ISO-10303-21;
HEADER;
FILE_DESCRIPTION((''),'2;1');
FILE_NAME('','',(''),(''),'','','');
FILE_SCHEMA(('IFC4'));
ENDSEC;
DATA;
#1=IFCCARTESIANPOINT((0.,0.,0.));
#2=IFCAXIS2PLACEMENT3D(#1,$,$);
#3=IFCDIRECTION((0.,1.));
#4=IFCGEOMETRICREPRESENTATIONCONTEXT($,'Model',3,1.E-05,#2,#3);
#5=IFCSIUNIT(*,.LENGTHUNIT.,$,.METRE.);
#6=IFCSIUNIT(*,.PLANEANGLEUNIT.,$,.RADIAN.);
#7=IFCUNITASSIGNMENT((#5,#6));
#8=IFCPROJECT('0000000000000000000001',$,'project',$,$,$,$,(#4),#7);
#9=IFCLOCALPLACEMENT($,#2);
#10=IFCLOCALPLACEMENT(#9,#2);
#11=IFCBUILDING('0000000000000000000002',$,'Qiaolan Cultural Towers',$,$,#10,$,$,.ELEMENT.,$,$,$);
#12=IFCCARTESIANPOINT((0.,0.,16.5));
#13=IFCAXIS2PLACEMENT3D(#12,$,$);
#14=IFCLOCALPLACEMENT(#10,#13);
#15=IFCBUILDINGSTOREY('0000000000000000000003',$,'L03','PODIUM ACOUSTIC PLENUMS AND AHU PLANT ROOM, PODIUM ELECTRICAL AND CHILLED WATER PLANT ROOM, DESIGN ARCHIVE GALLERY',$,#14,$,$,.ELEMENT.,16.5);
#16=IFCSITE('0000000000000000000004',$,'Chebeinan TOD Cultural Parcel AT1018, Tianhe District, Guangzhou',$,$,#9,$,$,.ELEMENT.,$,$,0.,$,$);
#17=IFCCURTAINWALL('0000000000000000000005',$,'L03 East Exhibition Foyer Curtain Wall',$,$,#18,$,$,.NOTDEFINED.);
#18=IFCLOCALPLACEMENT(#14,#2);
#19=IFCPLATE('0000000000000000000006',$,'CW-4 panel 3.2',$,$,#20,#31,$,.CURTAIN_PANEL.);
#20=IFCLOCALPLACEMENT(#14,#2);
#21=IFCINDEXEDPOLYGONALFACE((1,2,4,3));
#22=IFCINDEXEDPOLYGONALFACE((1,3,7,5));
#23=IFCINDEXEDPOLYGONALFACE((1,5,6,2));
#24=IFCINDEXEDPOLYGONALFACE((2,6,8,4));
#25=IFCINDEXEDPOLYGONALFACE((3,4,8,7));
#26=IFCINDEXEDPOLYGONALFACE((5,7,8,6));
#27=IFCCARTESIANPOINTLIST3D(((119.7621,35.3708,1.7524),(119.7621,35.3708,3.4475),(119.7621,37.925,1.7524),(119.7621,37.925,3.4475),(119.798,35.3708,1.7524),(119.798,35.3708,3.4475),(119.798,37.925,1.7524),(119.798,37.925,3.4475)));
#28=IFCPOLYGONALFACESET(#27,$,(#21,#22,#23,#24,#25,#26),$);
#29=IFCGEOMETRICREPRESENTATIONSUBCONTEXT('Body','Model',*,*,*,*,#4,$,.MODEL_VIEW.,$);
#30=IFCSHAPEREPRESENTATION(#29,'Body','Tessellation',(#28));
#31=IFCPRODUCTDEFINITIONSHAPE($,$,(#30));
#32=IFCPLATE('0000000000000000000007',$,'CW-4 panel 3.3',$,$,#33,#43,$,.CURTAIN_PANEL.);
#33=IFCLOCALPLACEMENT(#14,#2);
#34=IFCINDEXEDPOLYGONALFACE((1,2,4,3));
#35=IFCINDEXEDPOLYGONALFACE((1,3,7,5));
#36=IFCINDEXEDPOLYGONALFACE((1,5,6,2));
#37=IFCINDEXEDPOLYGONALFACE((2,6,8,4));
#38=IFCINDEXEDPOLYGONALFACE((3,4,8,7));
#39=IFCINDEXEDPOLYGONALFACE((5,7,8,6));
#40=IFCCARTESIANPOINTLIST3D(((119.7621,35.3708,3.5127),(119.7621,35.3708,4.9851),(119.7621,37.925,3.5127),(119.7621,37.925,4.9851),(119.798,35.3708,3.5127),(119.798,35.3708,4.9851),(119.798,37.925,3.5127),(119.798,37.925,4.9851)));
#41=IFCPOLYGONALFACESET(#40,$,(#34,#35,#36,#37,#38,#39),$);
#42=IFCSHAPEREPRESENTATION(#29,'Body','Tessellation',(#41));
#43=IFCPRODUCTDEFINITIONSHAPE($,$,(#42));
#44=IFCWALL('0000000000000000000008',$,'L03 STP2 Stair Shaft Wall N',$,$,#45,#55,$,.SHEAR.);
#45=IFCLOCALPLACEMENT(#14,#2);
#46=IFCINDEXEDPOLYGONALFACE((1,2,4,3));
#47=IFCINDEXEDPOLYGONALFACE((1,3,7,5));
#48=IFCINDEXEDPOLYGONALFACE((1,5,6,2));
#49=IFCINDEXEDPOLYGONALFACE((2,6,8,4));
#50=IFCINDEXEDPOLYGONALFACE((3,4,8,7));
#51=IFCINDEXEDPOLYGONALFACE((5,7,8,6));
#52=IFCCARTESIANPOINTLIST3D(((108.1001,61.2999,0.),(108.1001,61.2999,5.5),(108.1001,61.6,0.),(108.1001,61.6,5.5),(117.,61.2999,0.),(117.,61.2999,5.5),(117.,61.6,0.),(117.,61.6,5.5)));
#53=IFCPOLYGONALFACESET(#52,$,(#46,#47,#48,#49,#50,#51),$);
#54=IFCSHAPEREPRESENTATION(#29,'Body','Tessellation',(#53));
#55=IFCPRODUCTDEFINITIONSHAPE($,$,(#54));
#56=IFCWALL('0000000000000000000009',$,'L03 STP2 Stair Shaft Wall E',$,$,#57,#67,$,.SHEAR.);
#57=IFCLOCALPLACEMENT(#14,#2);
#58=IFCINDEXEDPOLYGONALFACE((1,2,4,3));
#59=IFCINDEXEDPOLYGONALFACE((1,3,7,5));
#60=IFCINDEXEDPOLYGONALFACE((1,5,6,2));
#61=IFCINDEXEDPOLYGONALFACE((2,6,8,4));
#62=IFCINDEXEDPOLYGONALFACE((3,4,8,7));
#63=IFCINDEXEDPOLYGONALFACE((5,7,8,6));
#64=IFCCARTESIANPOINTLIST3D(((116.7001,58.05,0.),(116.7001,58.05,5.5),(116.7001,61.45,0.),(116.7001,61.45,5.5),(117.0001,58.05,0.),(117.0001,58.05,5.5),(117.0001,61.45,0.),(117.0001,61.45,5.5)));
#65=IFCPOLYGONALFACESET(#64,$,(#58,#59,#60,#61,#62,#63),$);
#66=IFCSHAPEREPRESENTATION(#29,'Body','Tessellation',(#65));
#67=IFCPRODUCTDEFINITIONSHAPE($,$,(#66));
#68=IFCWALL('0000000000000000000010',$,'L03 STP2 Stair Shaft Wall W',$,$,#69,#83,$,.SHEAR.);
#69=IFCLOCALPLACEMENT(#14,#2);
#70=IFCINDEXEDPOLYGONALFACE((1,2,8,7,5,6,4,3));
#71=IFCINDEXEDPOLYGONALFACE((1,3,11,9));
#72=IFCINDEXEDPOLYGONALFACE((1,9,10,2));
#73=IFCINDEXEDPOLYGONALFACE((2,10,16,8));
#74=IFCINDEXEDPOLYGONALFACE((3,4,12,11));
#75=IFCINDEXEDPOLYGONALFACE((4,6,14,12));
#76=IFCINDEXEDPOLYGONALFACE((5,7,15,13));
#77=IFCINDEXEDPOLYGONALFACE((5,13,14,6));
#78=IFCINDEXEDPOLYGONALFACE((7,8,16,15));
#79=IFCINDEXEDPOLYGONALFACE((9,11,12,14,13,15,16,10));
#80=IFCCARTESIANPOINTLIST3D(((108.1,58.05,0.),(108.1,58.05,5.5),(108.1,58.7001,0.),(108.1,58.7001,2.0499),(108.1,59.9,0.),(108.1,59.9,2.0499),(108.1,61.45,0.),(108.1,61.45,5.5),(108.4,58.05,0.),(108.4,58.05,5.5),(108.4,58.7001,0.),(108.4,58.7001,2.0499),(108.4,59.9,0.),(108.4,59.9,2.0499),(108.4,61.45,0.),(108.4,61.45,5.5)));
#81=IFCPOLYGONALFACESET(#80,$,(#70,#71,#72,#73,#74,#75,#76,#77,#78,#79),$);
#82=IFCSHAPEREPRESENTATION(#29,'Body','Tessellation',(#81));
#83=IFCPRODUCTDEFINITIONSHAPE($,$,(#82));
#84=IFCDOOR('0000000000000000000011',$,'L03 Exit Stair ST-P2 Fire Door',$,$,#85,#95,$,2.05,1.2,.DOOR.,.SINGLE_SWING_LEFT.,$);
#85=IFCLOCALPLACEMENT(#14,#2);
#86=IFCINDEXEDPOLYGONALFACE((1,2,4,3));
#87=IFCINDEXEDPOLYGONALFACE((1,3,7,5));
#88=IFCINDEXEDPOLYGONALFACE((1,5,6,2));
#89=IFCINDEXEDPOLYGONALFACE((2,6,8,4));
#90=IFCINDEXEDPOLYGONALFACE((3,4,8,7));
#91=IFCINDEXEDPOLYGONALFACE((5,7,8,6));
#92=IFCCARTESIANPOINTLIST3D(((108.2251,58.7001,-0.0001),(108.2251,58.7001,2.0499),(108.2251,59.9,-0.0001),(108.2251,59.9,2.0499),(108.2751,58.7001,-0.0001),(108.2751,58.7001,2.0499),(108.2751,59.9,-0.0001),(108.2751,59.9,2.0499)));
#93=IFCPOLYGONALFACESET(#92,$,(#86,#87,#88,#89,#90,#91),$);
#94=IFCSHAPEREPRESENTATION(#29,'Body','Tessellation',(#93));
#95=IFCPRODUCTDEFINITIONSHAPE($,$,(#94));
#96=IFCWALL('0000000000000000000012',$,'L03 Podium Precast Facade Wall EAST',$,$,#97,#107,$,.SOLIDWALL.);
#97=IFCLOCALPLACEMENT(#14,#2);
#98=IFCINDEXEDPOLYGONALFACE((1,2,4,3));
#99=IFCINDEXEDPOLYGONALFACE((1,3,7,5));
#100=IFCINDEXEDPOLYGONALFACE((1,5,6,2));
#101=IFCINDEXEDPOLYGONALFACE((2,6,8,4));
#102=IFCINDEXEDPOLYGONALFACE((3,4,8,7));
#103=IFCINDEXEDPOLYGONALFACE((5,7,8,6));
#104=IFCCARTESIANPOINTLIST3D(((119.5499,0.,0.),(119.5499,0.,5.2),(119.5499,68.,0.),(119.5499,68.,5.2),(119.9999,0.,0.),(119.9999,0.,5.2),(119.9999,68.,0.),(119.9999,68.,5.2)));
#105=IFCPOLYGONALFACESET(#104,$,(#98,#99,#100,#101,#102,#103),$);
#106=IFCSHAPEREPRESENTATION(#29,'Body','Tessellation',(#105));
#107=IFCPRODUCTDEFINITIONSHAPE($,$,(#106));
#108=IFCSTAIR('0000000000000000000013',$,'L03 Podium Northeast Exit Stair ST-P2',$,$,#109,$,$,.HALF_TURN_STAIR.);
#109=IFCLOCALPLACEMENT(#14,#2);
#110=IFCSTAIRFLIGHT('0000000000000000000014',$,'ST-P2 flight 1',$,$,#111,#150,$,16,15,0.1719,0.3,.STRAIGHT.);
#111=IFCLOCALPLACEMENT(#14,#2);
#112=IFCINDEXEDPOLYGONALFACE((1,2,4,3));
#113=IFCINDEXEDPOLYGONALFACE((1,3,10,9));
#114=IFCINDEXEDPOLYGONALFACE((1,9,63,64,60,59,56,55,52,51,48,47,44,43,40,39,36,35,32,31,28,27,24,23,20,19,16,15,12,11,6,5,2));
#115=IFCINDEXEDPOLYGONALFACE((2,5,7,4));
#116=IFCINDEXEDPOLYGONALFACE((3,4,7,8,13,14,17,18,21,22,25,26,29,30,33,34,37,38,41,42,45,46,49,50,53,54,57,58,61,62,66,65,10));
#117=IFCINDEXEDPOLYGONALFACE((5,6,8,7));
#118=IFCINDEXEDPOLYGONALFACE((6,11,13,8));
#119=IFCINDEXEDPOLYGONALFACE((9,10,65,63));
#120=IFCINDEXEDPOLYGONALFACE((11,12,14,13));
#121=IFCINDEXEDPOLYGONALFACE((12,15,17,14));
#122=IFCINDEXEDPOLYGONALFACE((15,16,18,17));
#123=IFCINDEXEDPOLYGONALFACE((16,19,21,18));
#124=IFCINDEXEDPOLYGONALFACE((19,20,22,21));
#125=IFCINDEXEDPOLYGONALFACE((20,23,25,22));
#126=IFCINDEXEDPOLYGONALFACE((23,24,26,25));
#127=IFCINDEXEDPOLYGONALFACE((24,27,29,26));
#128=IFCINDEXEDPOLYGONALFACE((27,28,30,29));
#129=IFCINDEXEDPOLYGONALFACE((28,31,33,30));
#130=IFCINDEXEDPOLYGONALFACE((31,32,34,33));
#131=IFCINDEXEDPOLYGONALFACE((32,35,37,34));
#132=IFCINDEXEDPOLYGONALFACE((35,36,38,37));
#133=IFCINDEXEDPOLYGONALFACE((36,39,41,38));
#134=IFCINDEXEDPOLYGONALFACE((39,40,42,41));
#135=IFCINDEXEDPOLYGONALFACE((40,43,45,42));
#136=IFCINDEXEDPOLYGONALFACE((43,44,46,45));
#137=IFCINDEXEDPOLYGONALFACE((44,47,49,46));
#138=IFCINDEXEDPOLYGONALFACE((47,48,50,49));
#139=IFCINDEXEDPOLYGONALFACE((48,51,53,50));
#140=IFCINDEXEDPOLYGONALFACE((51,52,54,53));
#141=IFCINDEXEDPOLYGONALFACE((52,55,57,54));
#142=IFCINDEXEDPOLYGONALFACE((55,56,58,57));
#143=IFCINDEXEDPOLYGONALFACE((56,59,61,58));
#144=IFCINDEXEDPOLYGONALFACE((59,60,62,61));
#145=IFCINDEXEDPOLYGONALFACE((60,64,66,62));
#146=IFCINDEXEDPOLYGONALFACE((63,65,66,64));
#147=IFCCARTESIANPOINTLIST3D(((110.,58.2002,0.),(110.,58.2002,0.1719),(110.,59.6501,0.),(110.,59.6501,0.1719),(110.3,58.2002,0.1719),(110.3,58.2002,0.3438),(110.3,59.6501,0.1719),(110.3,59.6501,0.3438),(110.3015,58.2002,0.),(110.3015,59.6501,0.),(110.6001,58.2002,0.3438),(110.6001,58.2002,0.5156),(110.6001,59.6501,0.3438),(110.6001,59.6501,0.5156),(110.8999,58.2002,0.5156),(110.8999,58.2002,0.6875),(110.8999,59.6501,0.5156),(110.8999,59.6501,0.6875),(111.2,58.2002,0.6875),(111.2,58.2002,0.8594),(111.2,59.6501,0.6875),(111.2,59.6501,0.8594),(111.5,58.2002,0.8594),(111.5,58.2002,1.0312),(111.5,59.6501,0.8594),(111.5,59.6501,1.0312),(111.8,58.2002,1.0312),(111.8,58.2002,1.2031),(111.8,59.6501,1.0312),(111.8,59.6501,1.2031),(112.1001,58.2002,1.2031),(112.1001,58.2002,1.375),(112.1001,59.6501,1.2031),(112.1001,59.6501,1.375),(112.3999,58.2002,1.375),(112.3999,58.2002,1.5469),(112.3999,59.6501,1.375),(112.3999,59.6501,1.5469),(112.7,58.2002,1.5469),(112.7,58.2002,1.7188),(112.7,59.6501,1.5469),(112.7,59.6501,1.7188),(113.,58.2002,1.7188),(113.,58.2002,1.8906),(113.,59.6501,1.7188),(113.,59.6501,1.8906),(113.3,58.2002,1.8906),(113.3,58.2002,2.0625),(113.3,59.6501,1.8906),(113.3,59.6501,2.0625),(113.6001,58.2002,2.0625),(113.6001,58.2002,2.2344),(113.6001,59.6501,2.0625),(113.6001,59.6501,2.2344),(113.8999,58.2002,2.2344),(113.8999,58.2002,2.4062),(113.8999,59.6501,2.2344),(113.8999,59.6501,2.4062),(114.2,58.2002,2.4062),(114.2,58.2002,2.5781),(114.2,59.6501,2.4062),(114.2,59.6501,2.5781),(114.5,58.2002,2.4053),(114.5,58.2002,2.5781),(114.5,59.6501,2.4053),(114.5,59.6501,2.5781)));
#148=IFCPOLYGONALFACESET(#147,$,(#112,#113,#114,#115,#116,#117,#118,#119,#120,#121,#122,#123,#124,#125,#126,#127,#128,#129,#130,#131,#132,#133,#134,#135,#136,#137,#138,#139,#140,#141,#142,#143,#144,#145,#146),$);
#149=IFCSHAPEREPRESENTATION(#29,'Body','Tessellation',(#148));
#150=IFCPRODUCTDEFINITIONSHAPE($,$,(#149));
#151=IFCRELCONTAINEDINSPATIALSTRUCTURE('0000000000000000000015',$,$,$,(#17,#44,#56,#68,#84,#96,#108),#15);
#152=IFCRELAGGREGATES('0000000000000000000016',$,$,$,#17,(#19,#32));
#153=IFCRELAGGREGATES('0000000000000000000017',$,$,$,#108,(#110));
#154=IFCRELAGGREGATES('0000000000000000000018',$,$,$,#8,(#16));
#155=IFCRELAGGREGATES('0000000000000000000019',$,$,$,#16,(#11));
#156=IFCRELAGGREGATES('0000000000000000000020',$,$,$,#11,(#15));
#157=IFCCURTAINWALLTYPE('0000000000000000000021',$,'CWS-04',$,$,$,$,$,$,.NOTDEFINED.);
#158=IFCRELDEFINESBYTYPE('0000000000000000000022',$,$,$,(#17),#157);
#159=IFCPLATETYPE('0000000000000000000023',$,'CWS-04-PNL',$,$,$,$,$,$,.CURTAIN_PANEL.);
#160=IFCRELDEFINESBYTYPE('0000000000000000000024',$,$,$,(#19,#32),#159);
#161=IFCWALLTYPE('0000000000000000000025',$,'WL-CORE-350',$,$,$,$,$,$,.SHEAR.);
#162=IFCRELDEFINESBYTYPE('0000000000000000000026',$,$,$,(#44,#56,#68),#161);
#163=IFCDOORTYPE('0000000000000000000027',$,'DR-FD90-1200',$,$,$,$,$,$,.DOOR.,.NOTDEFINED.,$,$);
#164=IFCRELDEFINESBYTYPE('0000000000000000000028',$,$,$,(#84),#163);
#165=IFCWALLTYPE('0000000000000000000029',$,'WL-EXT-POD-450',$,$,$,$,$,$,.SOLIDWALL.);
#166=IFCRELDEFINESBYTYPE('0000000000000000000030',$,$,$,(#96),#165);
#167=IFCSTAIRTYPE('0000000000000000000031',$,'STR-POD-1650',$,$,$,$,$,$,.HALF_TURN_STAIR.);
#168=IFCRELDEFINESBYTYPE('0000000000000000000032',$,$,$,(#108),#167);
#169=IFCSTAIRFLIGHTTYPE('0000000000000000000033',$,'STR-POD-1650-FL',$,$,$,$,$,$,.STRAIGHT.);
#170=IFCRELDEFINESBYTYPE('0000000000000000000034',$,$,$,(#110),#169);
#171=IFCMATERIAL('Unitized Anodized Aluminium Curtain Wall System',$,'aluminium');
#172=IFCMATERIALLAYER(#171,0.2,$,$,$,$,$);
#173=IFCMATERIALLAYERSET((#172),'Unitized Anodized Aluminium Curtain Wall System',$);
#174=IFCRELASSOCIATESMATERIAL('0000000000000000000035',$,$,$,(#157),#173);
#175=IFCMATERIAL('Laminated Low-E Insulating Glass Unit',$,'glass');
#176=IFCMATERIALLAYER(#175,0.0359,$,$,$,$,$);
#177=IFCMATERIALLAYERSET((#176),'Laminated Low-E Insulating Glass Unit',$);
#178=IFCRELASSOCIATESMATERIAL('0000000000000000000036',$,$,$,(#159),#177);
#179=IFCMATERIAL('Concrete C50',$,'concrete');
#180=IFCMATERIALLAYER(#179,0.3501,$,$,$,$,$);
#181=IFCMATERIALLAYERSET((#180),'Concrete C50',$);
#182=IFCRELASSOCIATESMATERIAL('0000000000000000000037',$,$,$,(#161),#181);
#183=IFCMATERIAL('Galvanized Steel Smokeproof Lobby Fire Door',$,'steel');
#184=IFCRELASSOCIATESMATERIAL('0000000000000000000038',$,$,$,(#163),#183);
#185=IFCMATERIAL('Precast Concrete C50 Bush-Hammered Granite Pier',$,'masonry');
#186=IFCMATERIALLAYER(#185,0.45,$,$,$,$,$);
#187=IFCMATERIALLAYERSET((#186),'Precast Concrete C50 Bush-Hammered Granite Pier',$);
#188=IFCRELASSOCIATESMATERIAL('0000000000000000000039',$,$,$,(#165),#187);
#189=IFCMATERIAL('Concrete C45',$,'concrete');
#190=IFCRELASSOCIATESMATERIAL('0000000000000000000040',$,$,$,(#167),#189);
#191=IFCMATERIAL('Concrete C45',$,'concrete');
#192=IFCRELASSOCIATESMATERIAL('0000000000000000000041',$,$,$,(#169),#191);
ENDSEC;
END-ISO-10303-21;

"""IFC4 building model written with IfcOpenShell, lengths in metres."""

from ifc_helpers import new_model, si_unit, direction, frame, frame_2d, origin, origin_2d, place, context, subcontext, project, spatial, polyline, rectangle, outline, extrude, material, layer, layer_set, type_object, element, fill, aggregate, save


model = new_model("IFC4")

# Units and contexts
model_context = context("Model", 3, precision=1e-05, world=origin(), true_north=direction((0.0, 1.0)))
body_context = subcontext(model_context, "Body", "Model", "MODEL_VIEW")
ifc_project = project(units=[si_unit("LENGTHUNIT", "METRE"), si_unit("PLANEANGLEUNIT", "RADIAN")], contexts=[model_context])

# Site, building, storey
site_placement = place(None, origin())
site = spatial("IfcSite", under=ifc_project, at=site_placement, Name="Chebeinan TOD Cultural Parcel AT1018, Tianhe District, Guangzhou", CompositionType="ELEMENT", RefElevation=0.0)
building_placement = place(site_placement, origin())
building = spatial("IfcBuilding", under=site, at=building_placement, Name="Qiaolan Cultural Towers", CompositionType="ELEMENT")
storey_placement = place(building_placement, frame((0.0, 0.0, 16.5)))
storey = spatial("IfcBuildingStorey", under=building, at=storey_placement, Name="L03", Description="PODIUM ACOUSTIC PLENUMS AND AHU PLANT ROOM, PODIUM ELECTRICAL AND CHILLED WATER PLANT ROOM, DESIGN ARCHIVE GALLERY", CompositionType="ELEMENT", Elevation=16.5)

# Curtain wall, plates
ifc_material_1 = material(Name="Unitized Anodized Aluminium Curtain Wall System", Category="aluminium")
ifc_layer_1 = layer(ifc_material_1, 0.2)
ifc_layer_set_1 = layer_set([ifc_layer_1], Name="Unitized Anodized Aluminium Curtain Wall System")
curtain_wall_type = type_object("IfcCurtainWallType", Name="CWS-04", PredefinedType="NOTDEFINED", material=ifc_layer_set_1)
curtain_wall_placement = place(storey_placement, origin())
curtain_wall = element("IfcCurtainWall", 1, at=curtain_wall_placement, inside=storey, type_object=curtain_wall_type, Name="L03 East Exhibition Foyer Curtain Wall", PredefinedType="NOTDEFINED")
ifc_material_2 = material(Name="Laminated Low-E Insulating Glass Unit", Category="glass")
ifc_layer_2 = layer(ifc_material_2, 0.0359)
ifc_layer_set_2 = layer_set([ifc_layer_2], Name="Laminated Low-E Insulating Glass Unit")
plate_type = type_object("IfcPlateType", Name="CWS-04-PNL", PredefinedType="CURTAIN_PANEL", material=ifc_layer_set_2)
plate_1_placement = place(storey_placement, frame((119.78, 36.6479, 1.7524), z_axis=(0.0, 0.0, 1.0), x_axis=(0.0, 1.0, 0.0)))
plate_1 = element("IfcPlate", 2, at=plate_1_placement, type_object=plate_type, Name="CW-4 panel 3.2", PredefinedType="CURTAIN_PANEL", context=body_context, shape_type="SweptSolid", body=[
    extrude(rectangle(XDim=2.5542, YDim=0.0359, at=origin_2d()), origin(), (0.0, 0.0, 1.0), 1.6951),
])
plate_2_placement = place(storey_placement, frame((119.78, 36.6479, 3.5127), z_axis=(0.0, 0.0, 1.0), x_axis=(0.0, 1.0, 0.0)))
plate_2 = element("IfcPlate", 3, at=plate_2_placement, type_object=plate_type, Name="CW-4 panel 3.3", PredefinedType="CURTAIN_PANEL", context=body_context, shape_type="SweptSolid", body=[
    extrude(rectangle(XDim=2.5542, YDim=0.0359, at=origin_2d()), origin(), (0.0, 0.0, 1.0), 1.4724),
])
aggregate(curtain_wall, [plate_1, plate_2])

# Walls
ifc_material_3 = material(Name="Concrete C50", Category="concrete")
ifc_layer_3 = layer(ifc_material_3, 0.3501)
ifc_layer_set_3 = layer_set([ifc_layer_3], Name="Concrete C50")
wall_type_1 = type_object("IfcWallType", Name="WL-CORE-350", PredefinedType="SHEAR", material=ifc_layer_set_3)
wall_1_placement = place(storey_placement, frame((108.1001, 61.45, 0.0), z_axis=(0.0, 0.0, 1.0), x_axis=(1.0, 0.0, 0.0)))
element("IfcWall", 4, at=wall_1_placement, inside=storey, type_object=wall_type_1, Name="L03 STP2 Stair Shaft Wall N", PredefinedType="SHEAR", context=body_context, shape_type="SweptSolid", body=[
    extrude(rectangle(XDim=8.8999, YDim=0.3, at=frame_2d((4.45, 0.0))), origin(), (0.0, 0.0, 1.0), 5.5),
])
wall_2_placement = place(storey_placement, frame((116.8501, 58.05, 0.0), z_axis=(0.0, 0.0, 1.0), x_axis=(0.0, 1.0, 0.0)))
element("IfcWall", 5, at=wall_2_placement, inside=storey, type_object=wall_type_1, Name="L03 STP2 Stair Shaft Wall E", PredefinedType="SHEAR", context=body_context, shape_type="SweptSolid", body=[
    extrude(rectangle(XDim=3.3999, YDim=0.3, at=frame_2d((1.7, 0.0))), origin(), (0.0, 0.0, 1.0), 5.5),
])

# Wall, opening, door
wall_3_placement = place(storey_placement, frame((108.25, 58.05, 0.0), z_axis=(0.0, 0.0, 1.0), x_axis=(0.0, 1.0, 0.0)))
wall_3 = element("IfcWall", 6, at=wall_3_placement, inside=storey, type_object=wall_type_1, Name="L03 STP2 Stair Shaft Wall W", PredefinedType="SHEAR", context=body_context, shape_type="SweptSolid", body=[
    extrude(rectangle(XDim=3.3999, YDim=0.3, at=frame_2d((1.7, 0.0))), origin(), (0.0, 0.0, 1.0), 5.5),
])
opening_placement = place(wall_3_placement, frame((0.6499, 0.0, 0.0)))
opening = element("IfcOpeningElement", 7, at=opening_placement, cuts=wall_3, PredefinedType="OPENING", context=body_context, shape_type="SweptSolid", body=[
    extrude(rectangle(XDim=1.2, YDim=2.05, at=frame_2d((0.6001, 1.0249))), frame((0.0, 0.1599, 0.0), z_axis=(0.0, -1.0, 0.0), x_axis=(1.0, 0.0, 0.0)), (0.0, 0.0, 1.0), 0.3201),
])
ifc_material_4 = material(Name="Galvanized Steel Smokeproof Lobby Fire Door", Category="steel")
door_type = type_object("IfcDoorType", Name="DR-FD90-1200", OperationType="NOTDEFINED", PredefinedType="DOOR", material=ifc_material_4)
door_placement = place(opening_placement, origin())
door = element("IfcDoor", 8, at=door_placement, inside=storey, type_object=door_type, Name="L03 Exit Stair ST-P2 Fire Door", OperationType="SINGLE_SWING_LEFT", OverallHeight=2.05, OverallWidth=1.2, PredefinedType="DOOR", context=body_context, shape_type="SweptSolid", body=[
    extrude(rectangle(XDim=1.2, YDim=2.05, at=frame_2d((0.6001, 1.0249))), frame((0.0, 0.0249, 0.0), z_axis=(0.0, -1.0, 0.0), x_axis=(1.0, 0.0, 0.0)), (0.0, 0.0, 1.0), 0.05),
])
fill(opening, door)

# Wall
ifc_material_5 = material(Name="Precast Concrete C50 Bush-Hammered Granite Pier", Category="masonry")
ifc_layer_4 = layer(ifc_material_5, 0.45)
ifc_layer_set_4 = layer_set([ifc_layer_4], Name="Precast Concrete C50 Bush-Hammered Granite Pier")
wall_type_2 = type_object("IfcWallType", Name="WL-EXT-POD-450", PredefinedType="SOLIDWALL", material=ifc_layer_set_4)
wall_4_placement = place(storey_placement, frame((119.7749, 68.0, 0.0), z_axis=(0.0, 0.0, 1.0), x_axis=(0.0, -1.0, 0.0)))
element("IfcWall", 9, at=wall_4_placement, inside=storey, type_object=wall_type_2, Name="L03 Podium Precast Facade Wall EAST", PredefinedType="SOLIDWALL", context=body_context, shape_type="SweptSolid", body=[
    extrude(rectangle(XDim=68.0, YDim=0.45, at=frame_2d((34.0, 0.0))), origin(), (0.0, 0.0, 1.0), 5.2),
])

# Stair, stair flight
ifc_material_6 = material(Name="Concrete C45", Category="concrete")
stair_type = type_object("IfcStairType", Name="STR-POD-1650", PredefinedType="HALF_TURN_STAIR", material=ifc_material_6)
stair_placement = place(storey_placement, origin())
stair = element("IfcStair", 10, at=stair_placement, inside=storey, type_object=stair_type, Name="L03 Podium Northeast Exit Stair ST-P2", PredefinedType="HALF_TURN_STAIR")
ifc_material_7 = material(Name="Concrete C45", Category="concrete")
stair_flight_type = type_object("IfcStairFlightType", Name="STR-POD-1650-FL", PredefinedType="STRAIGHT", material=ifc_material_7)
stair_flight_1_placement = place(storey_placement, frame((110.0, 58.925, 0.0), z_axis=(0.0, 0.0, 1.0), x_axis=(1.0, 0.0, 0.0)))
stair_flight_1 = element("IfcStairFlight", 11, at=stair_flight_1_placement, type_object=stair_flight_type, Name="ST-P2 flight 1", NumberOfRisers=16, NumberOfTreads=15, PredefinedType="STRAIGHT", RiserHeight=0.1719, TreadLength=0.3, context=body_context, shape_type="SweptSolid", body=[
    extrude(outline(polyline([(0.0, 0.0), (0.0, 0.1719), (0.3, 0.1719), (0.3, 0.3438), (0.6001, 0.3438), (0.6001, 0.5156), (0.8999, 0.5156), (0.8999, 0.6875), (1.2, 0.6875), (1.2, 0.8594), (1.5, 0.8594), (1.5, 1.0312), (1.8, 1.0312), (1.8, 1.2031), (2.1001, 1.2031), (2.1001, 1.375), (2.3999, 1.375), (2.3999, 1.5469), (2.7, 1.5469), (2.7, 1.7188), (3.0, 1.7188), (3.0, 1.8906), (3.3, 1.8906), (3.3, 2.0625), (3.6001, 2.0625), (3.6001, 2.2344), (3.8999, 2.2344), (3.8999, 2.4062), (4.2, 2.4062), (4.2, 2.5781), (4.5, 2.5781), (4.5, 2.75), (4.5, 2.4053), (0.3015, 0.0), (0.0, 0.0)])), frame((0.0, 0.7251, 0.0), z_axis=(0.0, -1.0, 0.0), x_axis=(1.0, 0.0, 0.0)), (0.0, 0.0, 1.0), 1.45),
])
aggregate(stair, [stair_flight_1])

save(model, "model.ifc")
